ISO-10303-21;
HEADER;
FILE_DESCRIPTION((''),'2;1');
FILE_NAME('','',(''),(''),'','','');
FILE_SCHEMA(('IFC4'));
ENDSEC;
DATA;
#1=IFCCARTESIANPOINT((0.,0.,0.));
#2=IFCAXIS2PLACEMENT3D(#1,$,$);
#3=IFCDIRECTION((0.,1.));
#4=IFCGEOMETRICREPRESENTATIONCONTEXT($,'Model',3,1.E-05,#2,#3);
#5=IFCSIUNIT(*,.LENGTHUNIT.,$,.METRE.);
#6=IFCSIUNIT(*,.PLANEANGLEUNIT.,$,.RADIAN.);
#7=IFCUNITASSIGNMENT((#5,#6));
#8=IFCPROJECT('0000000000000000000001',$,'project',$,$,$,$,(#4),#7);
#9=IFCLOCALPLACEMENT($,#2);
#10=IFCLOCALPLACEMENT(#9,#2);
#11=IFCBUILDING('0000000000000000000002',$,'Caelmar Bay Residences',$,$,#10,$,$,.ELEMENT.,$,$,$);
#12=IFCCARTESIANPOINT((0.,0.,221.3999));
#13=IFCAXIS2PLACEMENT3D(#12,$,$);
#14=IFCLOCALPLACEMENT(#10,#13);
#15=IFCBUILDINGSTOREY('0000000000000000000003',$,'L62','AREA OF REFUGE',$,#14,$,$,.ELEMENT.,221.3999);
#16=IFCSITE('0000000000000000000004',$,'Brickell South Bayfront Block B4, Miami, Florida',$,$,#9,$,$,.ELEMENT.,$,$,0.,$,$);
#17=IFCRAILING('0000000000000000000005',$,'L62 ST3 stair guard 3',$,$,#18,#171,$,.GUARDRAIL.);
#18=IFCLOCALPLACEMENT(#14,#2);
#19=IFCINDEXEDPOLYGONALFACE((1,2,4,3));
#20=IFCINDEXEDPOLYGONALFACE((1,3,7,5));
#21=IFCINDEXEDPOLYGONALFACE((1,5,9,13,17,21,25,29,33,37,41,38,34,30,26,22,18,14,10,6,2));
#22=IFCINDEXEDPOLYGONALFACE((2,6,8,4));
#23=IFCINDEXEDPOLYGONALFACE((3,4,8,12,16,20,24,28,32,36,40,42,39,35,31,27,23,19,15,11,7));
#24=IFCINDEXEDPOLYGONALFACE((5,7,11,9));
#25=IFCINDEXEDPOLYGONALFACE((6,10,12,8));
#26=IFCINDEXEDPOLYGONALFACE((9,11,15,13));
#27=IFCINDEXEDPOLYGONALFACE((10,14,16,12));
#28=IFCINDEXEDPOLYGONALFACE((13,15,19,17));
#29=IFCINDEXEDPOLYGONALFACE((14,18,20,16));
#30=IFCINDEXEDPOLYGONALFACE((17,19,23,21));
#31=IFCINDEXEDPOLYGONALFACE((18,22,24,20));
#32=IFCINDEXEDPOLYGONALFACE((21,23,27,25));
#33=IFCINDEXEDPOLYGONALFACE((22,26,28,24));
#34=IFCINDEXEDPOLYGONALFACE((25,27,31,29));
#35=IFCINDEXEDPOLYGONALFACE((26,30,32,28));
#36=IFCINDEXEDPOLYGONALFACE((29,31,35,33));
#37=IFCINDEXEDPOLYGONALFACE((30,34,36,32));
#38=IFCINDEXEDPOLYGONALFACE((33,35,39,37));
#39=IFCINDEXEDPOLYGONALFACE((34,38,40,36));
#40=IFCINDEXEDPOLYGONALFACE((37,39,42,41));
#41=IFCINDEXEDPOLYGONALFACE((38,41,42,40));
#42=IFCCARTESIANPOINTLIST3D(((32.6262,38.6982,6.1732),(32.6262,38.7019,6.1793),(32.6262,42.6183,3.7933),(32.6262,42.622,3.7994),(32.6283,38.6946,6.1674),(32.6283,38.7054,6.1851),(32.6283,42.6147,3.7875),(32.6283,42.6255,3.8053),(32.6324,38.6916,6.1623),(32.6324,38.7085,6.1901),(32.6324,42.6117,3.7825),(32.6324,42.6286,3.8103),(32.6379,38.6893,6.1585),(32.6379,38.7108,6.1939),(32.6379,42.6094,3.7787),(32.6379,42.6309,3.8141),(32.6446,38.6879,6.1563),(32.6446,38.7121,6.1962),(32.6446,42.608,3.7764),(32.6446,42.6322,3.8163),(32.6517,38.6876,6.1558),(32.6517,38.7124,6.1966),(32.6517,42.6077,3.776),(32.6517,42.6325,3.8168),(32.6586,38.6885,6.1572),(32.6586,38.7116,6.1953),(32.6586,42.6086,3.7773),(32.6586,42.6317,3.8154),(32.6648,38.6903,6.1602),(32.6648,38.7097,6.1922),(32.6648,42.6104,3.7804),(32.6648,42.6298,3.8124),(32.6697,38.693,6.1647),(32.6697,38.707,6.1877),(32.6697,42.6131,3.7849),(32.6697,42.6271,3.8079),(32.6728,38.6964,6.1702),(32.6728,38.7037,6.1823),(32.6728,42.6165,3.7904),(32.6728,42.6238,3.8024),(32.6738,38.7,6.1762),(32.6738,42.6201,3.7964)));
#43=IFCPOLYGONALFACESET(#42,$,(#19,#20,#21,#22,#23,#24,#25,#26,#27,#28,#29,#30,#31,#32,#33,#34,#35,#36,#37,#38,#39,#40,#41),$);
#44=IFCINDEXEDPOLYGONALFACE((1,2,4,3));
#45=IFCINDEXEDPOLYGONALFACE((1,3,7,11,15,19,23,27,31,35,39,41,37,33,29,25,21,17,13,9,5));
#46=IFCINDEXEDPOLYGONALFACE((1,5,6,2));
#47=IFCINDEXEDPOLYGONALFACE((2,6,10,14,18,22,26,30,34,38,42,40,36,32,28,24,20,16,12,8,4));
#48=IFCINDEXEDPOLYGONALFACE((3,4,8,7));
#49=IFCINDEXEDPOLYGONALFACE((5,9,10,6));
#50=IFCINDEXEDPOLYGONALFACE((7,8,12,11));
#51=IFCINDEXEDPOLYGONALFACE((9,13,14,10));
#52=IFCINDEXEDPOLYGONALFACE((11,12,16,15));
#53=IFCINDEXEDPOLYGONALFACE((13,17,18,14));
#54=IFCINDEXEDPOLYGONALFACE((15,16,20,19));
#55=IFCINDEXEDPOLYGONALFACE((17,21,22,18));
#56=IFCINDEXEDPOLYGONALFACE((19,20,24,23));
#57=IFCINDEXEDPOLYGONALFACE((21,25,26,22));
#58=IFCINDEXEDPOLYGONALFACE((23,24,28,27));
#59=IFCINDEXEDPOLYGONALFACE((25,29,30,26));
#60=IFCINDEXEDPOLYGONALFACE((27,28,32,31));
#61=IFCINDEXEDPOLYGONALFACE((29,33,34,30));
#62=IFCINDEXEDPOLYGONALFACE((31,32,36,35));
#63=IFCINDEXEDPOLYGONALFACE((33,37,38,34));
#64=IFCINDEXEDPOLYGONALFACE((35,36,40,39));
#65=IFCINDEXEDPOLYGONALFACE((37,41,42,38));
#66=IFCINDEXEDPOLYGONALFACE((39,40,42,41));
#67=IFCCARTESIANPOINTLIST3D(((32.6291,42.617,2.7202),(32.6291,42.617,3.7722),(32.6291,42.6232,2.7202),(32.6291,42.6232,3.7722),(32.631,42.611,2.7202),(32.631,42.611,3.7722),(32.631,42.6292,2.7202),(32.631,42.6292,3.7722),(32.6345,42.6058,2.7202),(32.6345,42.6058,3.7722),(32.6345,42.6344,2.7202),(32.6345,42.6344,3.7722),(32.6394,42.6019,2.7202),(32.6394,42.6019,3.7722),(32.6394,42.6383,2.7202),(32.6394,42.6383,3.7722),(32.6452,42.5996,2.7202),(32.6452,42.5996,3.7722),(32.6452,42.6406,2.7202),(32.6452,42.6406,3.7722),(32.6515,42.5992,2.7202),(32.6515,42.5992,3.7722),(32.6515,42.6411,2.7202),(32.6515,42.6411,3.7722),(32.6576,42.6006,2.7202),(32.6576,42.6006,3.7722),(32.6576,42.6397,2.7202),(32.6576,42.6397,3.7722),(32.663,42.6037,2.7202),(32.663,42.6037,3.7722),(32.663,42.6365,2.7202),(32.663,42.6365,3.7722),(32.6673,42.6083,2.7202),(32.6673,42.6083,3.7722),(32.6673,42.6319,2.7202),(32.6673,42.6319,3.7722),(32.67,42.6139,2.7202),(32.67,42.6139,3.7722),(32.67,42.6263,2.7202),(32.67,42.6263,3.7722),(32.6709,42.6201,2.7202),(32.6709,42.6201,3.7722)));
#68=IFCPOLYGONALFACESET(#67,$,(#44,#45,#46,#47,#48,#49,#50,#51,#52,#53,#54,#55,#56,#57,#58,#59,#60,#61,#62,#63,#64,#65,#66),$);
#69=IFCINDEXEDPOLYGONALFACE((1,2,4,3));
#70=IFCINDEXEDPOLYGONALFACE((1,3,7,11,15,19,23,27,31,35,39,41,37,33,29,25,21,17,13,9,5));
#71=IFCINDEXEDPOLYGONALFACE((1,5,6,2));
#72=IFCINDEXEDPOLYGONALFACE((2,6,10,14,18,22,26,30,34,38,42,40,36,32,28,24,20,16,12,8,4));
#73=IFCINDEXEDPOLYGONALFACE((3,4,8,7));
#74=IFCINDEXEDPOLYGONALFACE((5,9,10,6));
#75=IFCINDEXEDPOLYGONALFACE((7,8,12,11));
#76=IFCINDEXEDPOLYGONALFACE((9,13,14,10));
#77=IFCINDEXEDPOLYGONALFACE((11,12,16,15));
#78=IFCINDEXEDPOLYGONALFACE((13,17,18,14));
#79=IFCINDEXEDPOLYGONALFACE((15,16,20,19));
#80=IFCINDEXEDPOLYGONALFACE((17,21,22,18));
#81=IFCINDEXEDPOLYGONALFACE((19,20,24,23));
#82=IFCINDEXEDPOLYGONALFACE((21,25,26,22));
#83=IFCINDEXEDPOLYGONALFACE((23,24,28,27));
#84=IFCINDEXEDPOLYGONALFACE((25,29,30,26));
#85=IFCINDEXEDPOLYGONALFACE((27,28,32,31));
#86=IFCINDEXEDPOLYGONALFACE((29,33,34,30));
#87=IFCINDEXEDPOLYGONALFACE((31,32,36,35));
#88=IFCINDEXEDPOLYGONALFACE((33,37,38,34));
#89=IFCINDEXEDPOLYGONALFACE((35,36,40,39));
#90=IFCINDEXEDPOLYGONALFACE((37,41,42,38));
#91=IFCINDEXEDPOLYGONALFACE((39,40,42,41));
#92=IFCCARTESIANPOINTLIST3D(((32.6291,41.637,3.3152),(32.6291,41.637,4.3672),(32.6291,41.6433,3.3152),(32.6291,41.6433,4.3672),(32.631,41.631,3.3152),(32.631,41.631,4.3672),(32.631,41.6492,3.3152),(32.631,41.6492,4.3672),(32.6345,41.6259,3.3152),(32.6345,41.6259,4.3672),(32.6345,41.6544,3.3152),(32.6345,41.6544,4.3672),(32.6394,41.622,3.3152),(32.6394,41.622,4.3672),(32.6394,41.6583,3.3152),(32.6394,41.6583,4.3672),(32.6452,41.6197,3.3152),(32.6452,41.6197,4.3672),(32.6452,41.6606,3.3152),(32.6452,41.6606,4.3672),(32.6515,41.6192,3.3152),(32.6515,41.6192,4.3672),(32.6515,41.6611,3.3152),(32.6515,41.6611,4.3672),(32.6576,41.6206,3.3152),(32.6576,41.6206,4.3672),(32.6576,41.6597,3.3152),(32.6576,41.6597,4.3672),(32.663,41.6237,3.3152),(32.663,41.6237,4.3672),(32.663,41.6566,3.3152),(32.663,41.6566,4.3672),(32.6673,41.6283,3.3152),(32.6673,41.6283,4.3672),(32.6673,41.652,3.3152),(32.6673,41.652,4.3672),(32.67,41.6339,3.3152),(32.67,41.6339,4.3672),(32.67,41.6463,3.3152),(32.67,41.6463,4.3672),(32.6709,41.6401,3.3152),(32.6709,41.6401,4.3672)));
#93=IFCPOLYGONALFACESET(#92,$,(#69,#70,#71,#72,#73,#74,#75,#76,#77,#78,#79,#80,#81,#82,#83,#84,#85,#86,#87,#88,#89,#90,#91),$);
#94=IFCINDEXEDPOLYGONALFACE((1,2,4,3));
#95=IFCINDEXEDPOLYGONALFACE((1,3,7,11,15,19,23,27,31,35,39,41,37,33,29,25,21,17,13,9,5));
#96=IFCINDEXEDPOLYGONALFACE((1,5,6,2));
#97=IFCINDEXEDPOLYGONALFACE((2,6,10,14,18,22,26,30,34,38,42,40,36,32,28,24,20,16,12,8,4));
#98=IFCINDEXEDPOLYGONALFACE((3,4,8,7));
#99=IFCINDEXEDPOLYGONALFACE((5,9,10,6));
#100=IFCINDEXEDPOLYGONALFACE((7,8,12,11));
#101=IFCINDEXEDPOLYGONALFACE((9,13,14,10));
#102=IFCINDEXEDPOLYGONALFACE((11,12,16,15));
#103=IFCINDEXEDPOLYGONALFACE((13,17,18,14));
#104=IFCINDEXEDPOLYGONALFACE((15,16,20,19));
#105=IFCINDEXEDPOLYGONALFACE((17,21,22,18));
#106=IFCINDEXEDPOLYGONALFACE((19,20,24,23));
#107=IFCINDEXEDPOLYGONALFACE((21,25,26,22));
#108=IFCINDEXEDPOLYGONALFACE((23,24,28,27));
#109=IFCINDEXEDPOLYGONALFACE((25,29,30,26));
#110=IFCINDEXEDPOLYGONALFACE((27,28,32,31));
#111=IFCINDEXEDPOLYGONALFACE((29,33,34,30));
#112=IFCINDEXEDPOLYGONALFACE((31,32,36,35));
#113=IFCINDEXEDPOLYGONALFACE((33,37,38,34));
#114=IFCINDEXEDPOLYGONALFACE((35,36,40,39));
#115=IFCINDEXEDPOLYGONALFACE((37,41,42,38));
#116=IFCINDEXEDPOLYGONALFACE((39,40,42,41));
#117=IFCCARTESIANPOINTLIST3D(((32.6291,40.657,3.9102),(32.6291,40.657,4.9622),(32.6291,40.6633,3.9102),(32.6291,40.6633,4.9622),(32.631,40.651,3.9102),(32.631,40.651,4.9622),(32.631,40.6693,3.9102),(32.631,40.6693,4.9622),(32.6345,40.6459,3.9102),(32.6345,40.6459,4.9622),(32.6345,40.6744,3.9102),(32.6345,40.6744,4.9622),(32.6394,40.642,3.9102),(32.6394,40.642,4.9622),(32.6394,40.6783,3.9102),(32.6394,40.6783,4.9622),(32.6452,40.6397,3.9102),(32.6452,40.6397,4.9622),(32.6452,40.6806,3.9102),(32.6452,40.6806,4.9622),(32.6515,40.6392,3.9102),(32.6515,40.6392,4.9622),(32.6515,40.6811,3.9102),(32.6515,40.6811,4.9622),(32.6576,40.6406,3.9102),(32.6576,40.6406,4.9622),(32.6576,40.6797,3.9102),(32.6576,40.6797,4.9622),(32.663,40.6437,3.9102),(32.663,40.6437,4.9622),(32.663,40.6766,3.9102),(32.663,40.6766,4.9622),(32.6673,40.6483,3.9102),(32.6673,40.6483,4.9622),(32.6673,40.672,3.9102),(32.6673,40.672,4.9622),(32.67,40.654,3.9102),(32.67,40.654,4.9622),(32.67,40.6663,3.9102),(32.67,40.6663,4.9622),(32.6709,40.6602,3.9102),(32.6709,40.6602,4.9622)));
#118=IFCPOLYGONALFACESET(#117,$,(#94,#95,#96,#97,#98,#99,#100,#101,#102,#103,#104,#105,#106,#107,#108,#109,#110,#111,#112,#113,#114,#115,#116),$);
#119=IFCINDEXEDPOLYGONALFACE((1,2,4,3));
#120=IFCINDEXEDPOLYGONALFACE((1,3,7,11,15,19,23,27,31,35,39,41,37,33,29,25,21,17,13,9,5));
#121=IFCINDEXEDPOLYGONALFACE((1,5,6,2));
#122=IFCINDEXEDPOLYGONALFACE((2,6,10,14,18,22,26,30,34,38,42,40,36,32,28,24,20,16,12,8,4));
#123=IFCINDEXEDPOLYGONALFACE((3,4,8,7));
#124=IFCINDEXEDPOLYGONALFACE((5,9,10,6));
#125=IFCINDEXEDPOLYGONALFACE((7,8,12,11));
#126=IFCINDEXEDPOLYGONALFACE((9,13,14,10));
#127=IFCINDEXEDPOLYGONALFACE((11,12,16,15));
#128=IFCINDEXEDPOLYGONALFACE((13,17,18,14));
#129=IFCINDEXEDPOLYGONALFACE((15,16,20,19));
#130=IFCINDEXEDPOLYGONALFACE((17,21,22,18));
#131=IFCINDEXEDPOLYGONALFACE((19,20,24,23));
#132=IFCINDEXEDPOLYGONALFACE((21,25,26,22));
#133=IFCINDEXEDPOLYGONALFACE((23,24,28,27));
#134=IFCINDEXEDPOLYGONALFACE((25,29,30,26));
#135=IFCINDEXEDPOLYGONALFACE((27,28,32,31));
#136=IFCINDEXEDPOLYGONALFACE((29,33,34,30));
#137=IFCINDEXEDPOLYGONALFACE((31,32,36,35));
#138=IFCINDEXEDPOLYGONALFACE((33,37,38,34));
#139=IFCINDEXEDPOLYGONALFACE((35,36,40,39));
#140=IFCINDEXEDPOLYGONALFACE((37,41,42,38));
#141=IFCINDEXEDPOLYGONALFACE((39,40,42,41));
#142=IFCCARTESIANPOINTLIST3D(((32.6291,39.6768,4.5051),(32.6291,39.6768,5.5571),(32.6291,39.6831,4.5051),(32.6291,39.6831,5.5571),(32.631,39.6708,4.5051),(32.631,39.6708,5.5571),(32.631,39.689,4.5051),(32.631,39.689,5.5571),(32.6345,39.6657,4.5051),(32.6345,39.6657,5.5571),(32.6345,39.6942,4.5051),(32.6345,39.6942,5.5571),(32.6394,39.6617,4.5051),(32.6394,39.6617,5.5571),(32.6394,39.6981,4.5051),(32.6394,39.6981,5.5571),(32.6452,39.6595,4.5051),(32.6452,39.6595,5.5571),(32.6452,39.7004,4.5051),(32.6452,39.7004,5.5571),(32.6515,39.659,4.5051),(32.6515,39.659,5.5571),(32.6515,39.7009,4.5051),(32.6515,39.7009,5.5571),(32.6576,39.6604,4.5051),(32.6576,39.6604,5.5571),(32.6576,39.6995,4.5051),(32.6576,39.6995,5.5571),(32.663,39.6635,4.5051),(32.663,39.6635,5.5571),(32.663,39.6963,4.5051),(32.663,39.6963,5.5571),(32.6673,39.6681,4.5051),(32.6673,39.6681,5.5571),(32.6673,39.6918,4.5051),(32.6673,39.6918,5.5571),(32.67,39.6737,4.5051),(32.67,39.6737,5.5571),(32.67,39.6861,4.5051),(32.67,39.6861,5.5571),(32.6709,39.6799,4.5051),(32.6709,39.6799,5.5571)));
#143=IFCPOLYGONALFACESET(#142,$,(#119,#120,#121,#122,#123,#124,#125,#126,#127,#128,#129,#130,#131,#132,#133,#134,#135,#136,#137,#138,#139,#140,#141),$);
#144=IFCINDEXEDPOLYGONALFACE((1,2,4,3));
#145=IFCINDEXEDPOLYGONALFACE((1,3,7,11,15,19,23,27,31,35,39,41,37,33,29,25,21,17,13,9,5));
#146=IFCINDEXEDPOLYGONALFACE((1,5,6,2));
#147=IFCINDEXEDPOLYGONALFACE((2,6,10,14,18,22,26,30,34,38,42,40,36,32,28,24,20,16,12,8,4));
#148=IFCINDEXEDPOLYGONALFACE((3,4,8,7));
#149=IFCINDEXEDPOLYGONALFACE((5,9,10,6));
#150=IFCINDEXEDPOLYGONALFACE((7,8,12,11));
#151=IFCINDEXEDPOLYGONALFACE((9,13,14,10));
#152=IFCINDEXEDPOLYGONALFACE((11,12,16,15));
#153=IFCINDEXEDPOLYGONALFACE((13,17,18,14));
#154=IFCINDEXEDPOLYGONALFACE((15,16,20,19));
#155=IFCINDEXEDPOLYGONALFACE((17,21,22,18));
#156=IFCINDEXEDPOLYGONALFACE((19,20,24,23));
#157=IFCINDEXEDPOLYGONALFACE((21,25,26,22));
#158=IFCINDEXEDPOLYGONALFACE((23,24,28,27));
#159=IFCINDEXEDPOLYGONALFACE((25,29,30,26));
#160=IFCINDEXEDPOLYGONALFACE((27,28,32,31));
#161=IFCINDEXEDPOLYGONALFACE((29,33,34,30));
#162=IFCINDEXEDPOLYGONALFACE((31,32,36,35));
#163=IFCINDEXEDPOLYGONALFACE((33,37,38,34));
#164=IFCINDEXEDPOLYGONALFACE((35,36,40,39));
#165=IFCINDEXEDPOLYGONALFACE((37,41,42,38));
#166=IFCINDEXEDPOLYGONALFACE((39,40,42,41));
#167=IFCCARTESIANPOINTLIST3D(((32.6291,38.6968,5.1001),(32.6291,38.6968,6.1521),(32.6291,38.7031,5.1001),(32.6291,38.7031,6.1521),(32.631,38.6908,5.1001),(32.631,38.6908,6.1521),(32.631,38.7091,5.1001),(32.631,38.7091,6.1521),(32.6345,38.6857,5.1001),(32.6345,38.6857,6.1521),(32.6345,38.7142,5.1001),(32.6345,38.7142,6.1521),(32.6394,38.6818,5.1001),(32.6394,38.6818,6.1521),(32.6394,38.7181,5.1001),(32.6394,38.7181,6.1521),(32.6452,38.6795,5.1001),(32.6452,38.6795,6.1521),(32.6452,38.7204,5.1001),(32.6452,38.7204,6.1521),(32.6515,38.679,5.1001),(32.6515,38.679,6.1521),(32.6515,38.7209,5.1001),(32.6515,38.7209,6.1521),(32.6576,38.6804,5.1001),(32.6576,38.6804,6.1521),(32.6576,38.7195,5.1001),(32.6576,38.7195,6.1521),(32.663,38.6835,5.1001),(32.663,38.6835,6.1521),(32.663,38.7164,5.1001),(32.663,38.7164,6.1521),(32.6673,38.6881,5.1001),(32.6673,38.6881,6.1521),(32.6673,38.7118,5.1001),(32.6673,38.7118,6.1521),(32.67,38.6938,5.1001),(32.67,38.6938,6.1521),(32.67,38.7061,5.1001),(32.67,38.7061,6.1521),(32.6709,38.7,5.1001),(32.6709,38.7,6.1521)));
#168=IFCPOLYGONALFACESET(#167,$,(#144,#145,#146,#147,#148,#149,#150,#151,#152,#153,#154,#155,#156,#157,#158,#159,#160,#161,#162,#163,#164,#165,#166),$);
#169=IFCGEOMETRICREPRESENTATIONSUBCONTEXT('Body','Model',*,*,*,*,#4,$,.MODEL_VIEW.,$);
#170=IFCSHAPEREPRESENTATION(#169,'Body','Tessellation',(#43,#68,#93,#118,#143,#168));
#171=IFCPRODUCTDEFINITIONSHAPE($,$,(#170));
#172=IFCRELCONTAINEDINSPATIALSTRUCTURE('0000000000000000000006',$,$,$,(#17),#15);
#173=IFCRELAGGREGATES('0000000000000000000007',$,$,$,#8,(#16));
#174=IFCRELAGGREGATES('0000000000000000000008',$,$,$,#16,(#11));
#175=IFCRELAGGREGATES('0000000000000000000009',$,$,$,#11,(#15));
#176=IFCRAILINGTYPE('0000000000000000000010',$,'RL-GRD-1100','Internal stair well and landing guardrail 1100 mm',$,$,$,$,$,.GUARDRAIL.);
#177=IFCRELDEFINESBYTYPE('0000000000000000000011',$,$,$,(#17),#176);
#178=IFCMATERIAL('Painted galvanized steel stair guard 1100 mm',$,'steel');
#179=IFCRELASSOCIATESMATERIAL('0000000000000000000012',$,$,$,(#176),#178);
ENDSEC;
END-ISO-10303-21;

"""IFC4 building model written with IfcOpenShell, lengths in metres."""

from ifc_helpers import new_model, si_unit, direction, frame, origin, origin_2d, place, context, subcontext, project, spatial, circle, extrude, material, type_object, element, save


model = new_model("IFC4")

# Units and contexts
model_context = context("Model", 3, precision=1e-05, world=origin(), true_north=direction((0.0, 1.0)))
body_context = subcontext(model_context, "Body", "Model", "MODEL_VIEW")
ifc_project = project(units=[si_unit("LENGTHUNIT", "METRE"), si_unit("PLANEANGLEUNIT", "RADIAN")], contexts=[model_context])

# Site, building, storey
site_placement = place(None, origin())
site = spatial("IfcSite", under=ifc_project, at=site_placement, Name="Brickell South Bayfront Block B4, Miami, Florida", CompositionType="ELEMENT", RefElevation=0.0)
building_placement = place(site_placement, origin())
building = spatial("IfcBuilding", under=site, at=building_placement, Name="Caelmar Bay Residences", CompositionType="ELEMENT")
storey_placement = place(building_placement, frame((0.0, 0.0, 221.3999)))
storey = spatial("IfcBuildingStorey", under=building, at=storey_placement, Name="L62", Description="AREA OF REFUGE", CompositionType="ELEMENT", Elevation=221.3999)

# Railing
ifc_material_1 = material(Name="Painted galvanized steel stair guard 1100 mm", Category="steel")
railing_type_1 = type_object("IfcRailingType", Name="RL-GRD-1100", Description="Internal stair well and landing guardrail 1100 mm", PredefinedType="GUARDRAIL", material=ifc_material_1)
railing_1_placement = place(storey_placement, frame((32.6499, 42.6201, 2.7202)))
element("IfcRailing", 1, at=railing_1_placement, inside=storey, type_object=railing_type_1, Name="L62 ST3 stair guard 3", PredefinedType="GUARDRAIL", context=body_context, shape_type="SweptSolid", body=[
    extrude(circle(Radius=0.0239, at=origin_2d()), frame((0.0, 0.0, 1.0762), z_axis=(0.0, -0.854809, 0.518943), x_axis=(1.0, 0.0, 0.0)), (0.0, 0.0, 1.0), 4.5859),
    extrude(circle(Radius=0.021, at=origin_2d()), origin(), (0.0, 0.0, 1.0), 1.052),
    extrude(circle(Radius=0.021, at=origin_2d()), frame((0.0, -0.98, 0.595)), (0.0, 0.0, 1.0), 1.052),
    extrude(circle(Radius=0.021, at=origin_2d()), frame((0.0, -1.96, 1.1899)), (0.0, 0.0, 1.0), 1.052),
    extrude(circle(Radius=0.021, at=origin_2d()), frame((0.0, -2.9402, 1.7849)), (0.0, 0.0, 1.0), 1.052),
    extrude(circle(Radius=0.021, at=origin_2d()), frame((0.0, -3.9202, 2.3799)), (0.0, 0.0, 1.0), 1.052),
])

save(model, "model.ifc")
